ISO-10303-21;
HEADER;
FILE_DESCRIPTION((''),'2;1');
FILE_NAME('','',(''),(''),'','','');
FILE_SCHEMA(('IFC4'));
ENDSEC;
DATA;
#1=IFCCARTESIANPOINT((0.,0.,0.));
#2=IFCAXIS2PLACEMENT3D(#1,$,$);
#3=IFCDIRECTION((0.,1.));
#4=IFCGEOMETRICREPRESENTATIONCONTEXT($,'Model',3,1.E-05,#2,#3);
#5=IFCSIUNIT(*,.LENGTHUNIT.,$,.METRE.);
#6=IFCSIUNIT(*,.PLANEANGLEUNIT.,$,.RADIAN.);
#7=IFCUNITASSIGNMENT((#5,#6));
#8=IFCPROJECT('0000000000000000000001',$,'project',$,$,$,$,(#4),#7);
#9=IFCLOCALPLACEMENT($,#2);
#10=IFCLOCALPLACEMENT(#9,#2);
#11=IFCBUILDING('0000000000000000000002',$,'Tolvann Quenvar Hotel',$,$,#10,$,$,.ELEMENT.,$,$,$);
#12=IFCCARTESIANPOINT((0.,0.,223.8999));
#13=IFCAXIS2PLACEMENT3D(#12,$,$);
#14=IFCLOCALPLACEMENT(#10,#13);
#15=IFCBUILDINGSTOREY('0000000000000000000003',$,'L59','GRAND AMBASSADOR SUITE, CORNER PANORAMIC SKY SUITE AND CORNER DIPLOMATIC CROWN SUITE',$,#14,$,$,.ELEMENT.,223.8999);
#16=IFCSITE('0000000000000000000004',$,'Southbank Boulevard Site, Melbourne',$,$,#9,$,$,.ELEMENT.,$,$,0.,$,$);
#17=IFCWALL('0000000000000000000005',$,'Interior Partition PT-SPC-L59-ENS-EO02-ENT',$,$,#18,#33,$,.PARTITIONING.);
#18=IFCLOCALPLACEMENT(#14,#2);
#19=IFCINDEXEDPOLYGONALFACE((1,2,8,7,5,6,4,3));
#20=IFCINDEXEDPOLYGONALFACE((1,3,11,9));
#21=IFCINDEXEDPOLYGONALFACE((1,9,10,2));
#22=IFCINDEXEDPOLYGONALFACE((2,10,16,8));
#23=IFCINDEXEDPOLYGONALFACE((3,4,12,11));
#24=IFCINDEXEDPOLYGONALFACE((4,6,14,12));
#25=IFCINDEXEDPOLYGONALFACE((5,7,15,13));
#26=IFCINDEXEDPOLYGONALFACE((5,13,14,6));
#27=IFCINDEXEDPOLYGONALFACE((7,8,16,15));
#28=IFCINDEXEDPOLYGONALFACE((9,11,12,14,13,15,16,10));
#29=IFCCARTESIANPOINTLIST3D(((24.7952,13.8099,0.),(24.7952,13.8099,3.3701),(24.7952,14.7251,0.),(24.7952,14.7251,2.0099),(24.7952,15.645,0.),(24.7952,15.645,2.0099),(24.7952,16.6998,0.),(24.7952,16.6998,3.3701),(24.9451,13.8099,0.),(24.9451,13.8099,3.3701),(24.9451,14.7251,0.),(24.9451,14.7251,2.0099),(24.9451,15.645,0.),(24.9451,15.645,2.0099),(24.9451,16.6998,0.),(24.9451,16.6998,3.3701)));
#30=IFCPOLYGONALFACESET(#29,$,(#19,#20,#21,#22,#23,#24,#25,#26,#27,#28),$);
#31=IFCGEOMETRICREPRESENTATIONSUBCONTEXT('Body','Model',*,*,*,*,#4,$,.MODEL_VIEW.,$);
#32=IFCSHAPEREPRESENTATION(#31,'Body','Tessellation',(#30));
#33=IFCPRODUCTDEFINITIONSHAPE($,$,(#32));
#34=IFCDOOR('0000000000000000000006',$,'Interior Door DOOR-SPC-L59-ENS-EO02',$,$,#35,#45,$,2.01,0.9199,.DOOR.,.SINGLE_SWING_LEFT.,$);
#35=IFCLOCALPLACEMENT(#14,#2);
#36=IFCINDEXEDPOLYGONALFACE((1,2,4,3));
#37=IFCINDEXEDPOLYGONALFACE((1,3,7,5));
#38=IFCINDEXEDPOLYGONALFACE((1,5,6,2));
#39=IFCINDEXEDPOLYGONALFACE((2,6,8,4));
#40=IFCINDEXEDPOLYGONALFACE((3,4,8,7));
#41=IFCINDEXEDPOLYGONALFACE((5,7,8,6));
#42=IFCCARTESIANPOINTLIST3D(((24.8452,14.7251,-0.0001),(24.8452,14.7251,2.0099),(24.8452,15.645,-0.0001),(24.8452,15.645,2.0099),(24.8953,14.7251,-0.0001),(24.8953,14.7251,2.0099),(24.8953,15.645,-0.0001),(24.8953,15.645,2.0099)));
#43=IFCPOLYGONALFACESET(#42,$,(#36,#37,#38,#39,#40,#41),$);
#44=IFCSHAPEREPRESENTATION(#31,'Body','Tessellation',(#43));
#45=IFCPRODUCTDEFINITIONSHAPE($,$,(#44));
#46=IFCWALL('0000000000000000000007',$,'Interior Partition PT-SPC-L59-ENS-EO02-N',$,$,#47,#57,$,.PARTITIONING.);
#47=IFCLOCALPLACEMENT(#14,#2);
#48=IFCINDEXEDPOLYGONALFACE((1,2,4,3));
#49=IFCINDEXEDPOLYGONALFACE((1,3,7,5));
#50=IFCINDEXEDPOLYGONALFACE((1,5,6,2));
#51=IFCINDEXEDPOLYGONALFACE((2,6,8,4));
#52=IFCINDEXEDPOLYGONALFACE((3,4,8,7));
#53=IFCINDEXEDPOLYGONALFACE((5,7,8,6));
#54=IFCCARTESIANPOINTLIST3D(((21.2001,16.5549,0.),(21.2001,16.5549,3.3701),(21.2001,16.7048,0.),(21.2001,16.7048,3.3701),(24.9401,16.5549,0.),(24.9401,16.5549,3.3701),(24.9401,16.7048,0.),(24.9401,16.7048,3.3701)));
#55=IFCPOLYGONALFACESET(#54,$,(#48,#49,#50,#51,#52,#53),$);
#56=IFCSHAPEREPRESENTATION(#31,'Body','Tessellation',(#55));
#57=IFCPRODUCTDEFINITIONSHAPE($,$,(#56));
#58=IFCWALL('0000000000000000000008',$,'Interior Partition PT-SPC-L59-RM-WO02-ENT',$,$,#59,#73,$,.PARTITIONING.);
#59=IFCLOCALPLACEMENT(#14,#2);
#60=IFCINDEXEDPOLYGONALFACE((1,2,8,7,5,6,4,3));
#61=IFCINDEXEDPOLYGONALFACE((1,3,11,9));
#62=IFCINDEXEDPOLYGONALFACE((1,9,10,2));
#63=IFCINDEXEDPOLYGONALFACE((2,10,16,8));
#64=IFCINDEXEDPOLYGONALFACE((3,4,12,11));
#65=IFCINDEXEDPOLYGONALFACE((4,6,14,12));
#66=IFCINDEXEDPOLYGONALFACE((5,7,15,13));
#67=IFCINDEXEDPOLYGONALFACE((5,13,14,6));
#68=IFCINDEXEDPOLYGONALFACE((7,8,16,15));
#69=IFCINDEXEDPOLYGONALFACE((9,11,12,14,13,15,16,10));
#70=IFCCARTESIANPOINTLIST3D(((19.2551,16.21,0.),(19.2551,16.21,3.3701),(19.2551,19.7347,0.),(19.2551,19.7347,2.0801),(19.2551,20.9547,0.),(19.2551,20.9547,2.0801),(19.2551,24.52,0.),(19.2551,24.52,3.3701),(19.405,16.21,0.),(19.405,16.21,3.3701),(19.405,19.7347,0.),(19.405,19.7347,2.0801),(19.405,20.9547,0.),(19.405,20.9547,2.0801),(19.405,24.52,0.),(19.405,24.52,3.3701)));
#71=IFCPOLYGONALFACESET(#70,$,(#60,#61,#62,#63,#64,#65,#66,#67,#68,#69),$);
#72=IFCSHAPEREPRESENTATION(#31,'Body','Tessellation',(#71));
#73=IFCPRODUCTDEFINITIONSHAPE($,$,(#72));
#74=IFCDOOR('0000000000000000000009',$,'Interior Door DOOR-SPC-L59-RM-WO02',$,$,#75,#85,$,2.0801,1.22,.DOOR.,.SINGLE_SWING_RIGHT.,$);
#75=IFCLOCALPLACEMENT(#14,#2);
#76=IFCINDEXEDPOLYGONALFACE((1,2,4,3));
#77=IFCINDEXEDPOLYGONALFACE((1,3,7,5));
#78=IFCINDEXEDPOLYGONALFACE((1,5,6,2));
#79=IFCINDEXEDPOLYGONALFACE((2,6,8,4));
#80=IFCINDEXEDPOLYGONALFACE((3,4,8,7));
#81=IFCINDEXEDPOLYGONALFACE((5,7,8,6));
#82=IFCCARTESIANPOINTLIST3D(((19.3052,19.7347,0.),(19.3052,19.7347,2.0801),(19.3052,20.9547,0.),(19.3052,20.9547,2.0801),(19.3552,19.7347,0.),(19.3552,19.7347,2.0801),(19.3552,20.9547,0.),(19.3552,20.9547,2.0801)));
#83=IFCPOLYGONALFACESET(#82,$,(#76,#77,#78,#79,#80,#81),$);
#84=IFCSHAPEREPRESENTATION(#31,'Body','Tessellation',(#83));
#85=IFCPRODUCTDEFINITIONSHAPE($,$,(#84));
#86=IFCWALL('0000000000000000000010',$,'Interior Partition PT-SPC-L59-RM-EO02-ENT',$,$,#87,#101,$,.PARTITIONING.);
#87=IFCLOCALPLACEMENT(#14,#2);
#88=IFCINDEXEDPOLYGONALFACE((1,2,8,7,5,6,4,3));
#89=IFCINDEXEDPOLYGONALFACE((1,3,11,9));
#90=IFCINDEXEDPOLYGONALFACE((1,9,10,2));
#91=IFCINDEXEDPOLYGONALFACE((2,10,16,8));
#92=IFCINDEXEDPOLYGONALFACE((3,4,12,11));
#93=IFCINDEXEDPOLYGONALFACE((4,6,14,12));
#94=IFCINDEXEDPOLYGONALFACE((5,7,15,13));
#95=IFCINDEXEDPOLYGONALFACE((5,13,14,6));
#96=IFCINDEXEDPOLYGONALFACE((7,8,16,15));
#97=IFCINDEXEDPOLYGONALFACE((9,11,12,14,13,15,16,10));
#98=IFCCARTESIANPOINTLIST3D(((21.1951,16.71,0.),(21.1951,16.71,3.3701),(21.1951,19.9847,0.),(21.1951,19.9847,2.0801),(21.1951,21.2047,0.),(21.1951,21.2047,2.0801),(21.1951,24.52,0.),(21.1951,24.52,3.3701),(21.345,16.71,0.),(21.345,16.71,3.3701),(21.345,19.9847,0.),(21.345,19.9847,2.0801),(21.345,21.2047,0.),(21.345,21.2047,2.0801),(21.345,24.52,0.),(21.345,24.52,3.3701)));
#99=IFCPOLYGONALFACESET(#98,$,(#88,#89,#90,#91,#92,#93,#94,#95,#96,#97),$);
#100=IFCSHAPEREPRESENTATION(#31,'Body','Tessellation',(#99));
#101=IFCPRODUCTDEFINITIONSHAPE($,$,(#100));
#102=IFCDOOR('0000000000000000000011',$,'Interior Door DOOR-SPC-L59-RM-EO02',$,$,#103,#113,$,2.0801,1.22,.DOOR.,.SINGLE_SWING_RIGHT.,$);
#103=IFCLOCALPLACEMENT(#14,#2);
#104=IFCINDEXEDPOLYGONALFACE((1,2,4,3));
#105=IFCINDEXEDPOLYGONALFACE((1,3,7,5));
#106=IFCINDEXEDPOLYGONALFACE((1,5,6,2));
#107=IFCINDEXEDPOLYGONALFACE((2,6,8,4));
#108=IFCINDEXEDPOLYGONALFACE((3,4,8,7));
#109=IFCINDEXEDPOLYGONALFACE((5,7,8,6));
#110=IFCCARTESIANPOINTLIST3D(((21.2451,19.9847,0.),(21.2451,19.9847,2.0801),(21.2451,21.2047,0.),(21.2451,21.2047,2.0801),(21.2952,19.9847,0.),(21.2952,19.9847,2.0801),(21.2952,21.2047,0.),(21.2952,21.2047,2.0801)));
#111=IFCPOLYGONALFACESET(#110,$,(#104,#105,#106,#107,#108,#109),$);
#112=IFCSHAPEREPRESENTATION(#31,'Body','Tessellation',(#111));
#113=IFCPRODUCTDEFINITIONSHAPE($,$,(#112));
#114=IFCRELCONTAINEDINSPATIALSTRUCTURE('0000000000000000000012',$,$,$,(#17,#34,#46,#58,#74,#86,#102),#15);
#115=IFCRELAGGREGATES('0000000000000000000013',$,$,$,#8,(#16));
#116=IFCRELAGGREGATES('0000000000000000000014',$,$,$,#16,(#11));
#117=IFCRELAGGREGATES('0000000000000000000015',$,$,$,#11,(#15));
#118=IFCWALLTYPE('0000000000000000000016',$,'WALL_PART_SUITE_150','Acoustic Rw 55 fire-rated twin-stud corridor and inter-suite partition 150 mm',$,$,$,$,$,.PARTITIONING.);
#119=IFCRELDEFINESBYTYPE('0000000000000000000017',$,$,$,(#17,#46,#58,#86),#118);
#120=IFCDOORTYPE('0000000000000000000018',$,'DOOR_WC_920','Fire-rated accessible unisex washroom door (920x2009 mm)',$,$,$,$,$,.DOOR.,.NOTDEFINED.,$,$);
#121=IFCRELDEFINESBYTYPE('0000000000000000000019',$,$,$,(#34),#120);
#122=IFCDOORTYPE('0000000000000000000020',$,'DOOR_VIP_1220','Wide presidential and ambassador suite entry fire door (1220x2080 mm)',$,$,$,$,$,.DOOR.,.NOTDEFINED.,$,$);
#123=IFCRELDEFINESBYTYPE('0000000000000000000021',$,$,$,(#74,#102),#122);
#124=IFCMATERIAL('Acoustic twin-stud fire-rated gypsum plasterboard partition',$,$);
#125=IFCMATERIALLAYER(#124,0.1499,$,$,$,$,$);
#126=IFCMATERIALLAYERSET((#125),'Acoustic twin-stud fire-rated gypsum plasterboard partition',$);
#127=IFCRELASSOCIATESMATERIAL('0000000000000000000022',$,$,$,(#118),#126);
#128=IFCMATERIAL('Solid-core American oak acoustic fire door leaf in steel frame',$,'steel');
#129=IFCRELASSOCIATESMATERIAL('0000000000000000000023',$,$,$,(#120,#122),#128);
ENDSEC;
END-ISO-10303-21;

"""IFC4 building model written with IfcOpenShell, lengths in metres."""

from ifc_helpers import new_model, si_unit, direction, frame, frame_2d, origin, place, context, subcontext, project, spatial, rectangle, extrude, source, transform, mapped, material, layer, layer_set, type_object, type_shapes, element, fill, save


model = new_model("IFC4")

# Units and contexts
model_context = context("Model", 3, precision=1e-05, world=origin(), true_north=direction((0.0, 1.0)))
body_context = subcontext(model_context, "Body", "Model", "MODEL_VIEW")
ifc_project = project(units=[si_unit("LENGTHUNIT", "METRE"), si_unit("PLANEANGLEUNIT", "RADIAN")], contexts=[model_context])

# Site, building, storey
site_placement = place(None, origin())
site = spatial("IfcSite", under=ifc_project, at=site_placement, Name="Southbank Boulevard Site, Melbourne", CompositionType="ELEMENT", RefElevation=0.0)
building_placement = place(site_placement, origin())
building = spatial("IfcBuilding", under=site, at=building_placement, Name="Tolvann Quenvar Hotel", CompositionType="ELEMENT")
storey_placement = place(building_placement, frame((0.0, 0.0, 223.8999)))
storey = spatial("IfcBuildingStorey", under=building, at=storey_placement, Name="L59", Description="GRAND AMBASSADOR SUITE, CORNER PANORAMIC SKY SUITE AND CORNER DIPLOMATIC CROWN SUITE", CompositionType="ELEMENT", Elevation=223.8999)

# Shared definitions
ifc_material_1 = material(Name="Acoustic twin-stud fire-rated gypsum plasterboard partition")
ifc_layer_1 = layer(ifc_material_1, 0.1499)
ifc_layer_set_1 = layer_set([ifc_layer_1], Name="Acoustic twin-stud fire-rated gypsum plasterboard partition")
wall_type_1 = type_object("IfcWallType", Name="WALL_PART_SUITE_150", Description="Acoustic Rw 55 fire-rated twin-stud corridor and inter-suite partition 150 mm", PredefinedType="PARTITIONING", material=ifc_layer_set_1)
ifc_material_2 = material(Name="Solid-core American oak acoustic fire door leaf in steel frame", Category="steel")
door_type_1 = type_object("IfcDoorType", Name="DOOR_WC_920", Description="Fire-rated accessible unisex washroom door (920x2009 mm)", OperationType="NOTDEFINED", PredefinedType="DOOR", material=ifc_material_2)
shared_shape_1 = source(origin(), body_context, "Body", "SweptSolid", [
    extrude(rectangle(XDim=0.9199, YDim=2.01, at=frame_2d((0.46, 1.0049))), frame((0.0, 0.0249, 0.0), z_axis=(0.0, -1.0, 0.0), x_axis=(1.0, 0.0, 0.0)), (0.0, 0.0, 1.0), 0.05),
])
type_shapes(door_type_1, [shared_shape_1])

# Wall, opening, door
wall_1_placement = place(storey_placement, frame((24.8701, 13.8101, 0.0), z_axis=(0.0, 0.0, 1.0), x_axis=(0.0, 1.0, 0.0)))
wall_1 = element("IfcWall", 1, at=wall_1_placement, inside=storey, type_object=wall_type_1, Name="Interior Partition PT-SPC-L59-ENS-EO02-ENT", PredefinedType="PARTITIONING", context=body_context, shape_type="SweptSolid", body=[
    extrude(rectangle(XDim=2.8899, YDim=0.1499, at=frame_2d((1.4448, 0.0))), origin(), (0.0, 0.0, 1.0), 3.3701),
])
opening_1_placement = place(wall_1_placement, frame((0.915, 0.0, 0.0)))
opening_1 = element("IfcOpeningElement", 2, at=opening_1_placement, cuts=wall_1, PredefinedType="OPENING", context=body_context, shape_type="SweptSolid", body=[
    extrude(rectangle(XDim=0.9199, YDim=2.01, at=frame_2d((0.46, 1.0049))), frame((0.0, 0.085, 0.0), z_axis=(0.0, -1.0, 0.0), x_axis=(1.0, 0.0, 0.0)), (0.0, 0.0, 1.0), 0.1699),
])
door_1_placement = place(opening_1_placement, origin())
door_1 = element("IfcDoor", 3, at=door_1_placement, inside=storey, type_object=door_type_1, Name="Interior Door DOOR-SPC-L59-ENS-EO02", OperationType="SINGLE_SWING_LEFT", OverallHeight=2.01, OverallWidth=0.9199, PredefinedType="DOOR", context=body_context, shape_type="MappedRepresentation", body=[
    mapped(shared_shape_1, transform((0.0, 0.0, 0.0), x_axis=(1.0, 0.0, 0.0), y_axis=(0.0, 1.0, 0.0), z_axis=(0.0, 0.0, 1.0), scale=1.0)),
])
fill(opening_1, door_1)

# Wall
wall_2_placement = place(storey_placement, frame((21.2, 16.6299, 0.0), z_axis=(0.0, 0.0, 1.0), x_axis=(1.0, 0.0, 0.0)))
element("IfcWall", 4, at=wall_2_placement, inside=storey, type_object=wall_type_1, Name="Interior Partition PT-SPC-L59-ENS-EO02-N", PredefinedType="PARTITIONING", context=body_context, shape_type="SweptSolid", body=[
    extrude(rectangle(XDim=3.74, YDim=0.1499, at=frame_2d((1.8701, 0.0))), origin(), (0.0, 0.0, 1.0), 3.3701),
])

# Walls, openings, doors
wall_3_placement = place(storey_placement, frame((19.3301, 16.21, 0.0), z_axis=(0.0, 0.0, 1.0), x_axis=(0.0, 1.0, 0.0)))
wall_3 = element("IfcWall", 5, at=wall_3_placement, inside=storey, type_object=wall_type_1, Name="Interior Partition PT-SPC-L59-RM-WO02-ENT", PredefinedType="PARTITIONING", context=body_context, shape_type="SweptSolid", body=[
    extrude(rectangle(XDim=8.3101, YDim=0.1499, at=frame_2d((4.155, 0.0))), origin(), (0.0, 0.0, 1.0), 3.3701),
])
opening_2_placement = place(wall_3_placement, frame((3.5249, 0.0, 0.0)))
opening_2 = element("IfcOpeningElement", 6, at=opening_2_placement, cuts=wall_3, PredefinedType="OPENING", context=body_context, shape_type="SweptSolid", body=[
    extrude(rectangle(XDim=1.22, YDim=2.0801, at=frame_2d((0.6099, 1.04))), frame((0.0, 0.085, 0.0), z_axis=(0.0, -1.0, 0.0), x_axis=(1.0, 0.0, 0.0)), (0.0, 0.0, 1.0), 0.1699),
])
door_type_2 = type_object("IfcDoorType", Name="DOOR_VIP_1220", Description="Wide presidential and ambassador suite entry fire door (1220x2080 mm)", OperationType="NOTDEFINED", PredefinedType="DOOR", material=ifc_material_2)
shared_shape_2 = source(origin(), body_context, "Body", "SweptSolid", [
    extrude(rectangle(XDim=1.22, YDim=2.0801, at=frame_2d((0.6099, 1.04))), frame((0.0, 0.0249, 0.0), z_axis=(0.0, -1.0, 0.0), x_axis=(1.0, 0.0, 0.0)), (0.0, 0.0, 1.0), 0.05),
])
type_shapes(door_type_2, [shared_shape_2])
door_2_placement = place(opening_2_placement, origin())
door_2 = element("IfcDoor", 7, at=door_2_placement, inside=storey, type_object=door_type_2, Name="Interior Door DOOR-SPC-L59-RM-WO02", OperationType="SINGLE_SWING_RIGHT", OverallHeight=2.0801, OverallWidth=1.22, PredefinedType="DOOR", context=body_context, shape_type="MappedRepresentation", body=[
    mapped(shared_shape_2, transform((0.0, 0.0, 0.0), x_axis=(1.0, 0.0, 0.0), y_axis=(0.0, 1.0, 0.0), z_axis=(0.0, 0.0, 1.0), scale=1.0)),
])
fill(opening_2, door_2)
wall_4_placement = place(storey_placement, frame((21.27, 16.71, 0.0), z_axis=(0.0, 0.0, 1.0), x_axis=(0.0, 1.0, 0.0)))
wall_4 = element("IfcWall", 8, at=wall_4_placement, inside=storey, type_object=wall_type_1, Name="Interior Partition PT-SPC-L59-RM-EO02-ENT", PredefinedType="PARTITIONING", context=body_context, shape_type="SweptSolid", body=[
    extrude(rectangle(XDim=7.8101, YDim=0.1499, at=frame_2d((3.905, 0.0))), origin(), (0.0, 0.0, 1.0), 3.3701),
])
opening_3_placement = place(wall_4_placement, frame((3.2749, 0.0, 0.0)))
opening_3 = element("IfcOpeningElement", 9, at=opening_3_placement, cuts=wall_4, PredefinedType="OPENING", context=body_context, shape_type="SweptSolid", body=[
    extrude(rectangle(XDim=1.22, YDim=2.0801, at=frame_2d((0.6099, 1.04))), frame((0.0, 0.085, 0.0), z_axis=(0.0, -1.0, 0.0), x_axis=(1.0, 0.0, 0.0)), (0.0, 0.0, 1.0), 0.1699),
])
door_3_placement = place(opening_3_placement, origin())
door_3 = element("IfcDoor", 10, at=door_3_placement, inside=storey, type_object=door_type_2, Name="Interior Door DOOR-SPC-L59-RM-EO02", OperationType="SINGLE_SWING_RIGHT", OverallHeight=2.0801, OverallWidth=1.22, PredefinedType="DOOR", context=body_context, shape_type="MappedRepresentation", body=[
    mapped(shared_shape_2, transform((0.0, 0.0, 0.0), x_axis=(1.0, 0.0, 0.0), y_axis=(0.0, 1.0, 0.0), z_axis=(0.0, 0.0, 1.0), scale=1.0)),
])
fill(opening_3, door_3)

save(model, "model.ifc")
